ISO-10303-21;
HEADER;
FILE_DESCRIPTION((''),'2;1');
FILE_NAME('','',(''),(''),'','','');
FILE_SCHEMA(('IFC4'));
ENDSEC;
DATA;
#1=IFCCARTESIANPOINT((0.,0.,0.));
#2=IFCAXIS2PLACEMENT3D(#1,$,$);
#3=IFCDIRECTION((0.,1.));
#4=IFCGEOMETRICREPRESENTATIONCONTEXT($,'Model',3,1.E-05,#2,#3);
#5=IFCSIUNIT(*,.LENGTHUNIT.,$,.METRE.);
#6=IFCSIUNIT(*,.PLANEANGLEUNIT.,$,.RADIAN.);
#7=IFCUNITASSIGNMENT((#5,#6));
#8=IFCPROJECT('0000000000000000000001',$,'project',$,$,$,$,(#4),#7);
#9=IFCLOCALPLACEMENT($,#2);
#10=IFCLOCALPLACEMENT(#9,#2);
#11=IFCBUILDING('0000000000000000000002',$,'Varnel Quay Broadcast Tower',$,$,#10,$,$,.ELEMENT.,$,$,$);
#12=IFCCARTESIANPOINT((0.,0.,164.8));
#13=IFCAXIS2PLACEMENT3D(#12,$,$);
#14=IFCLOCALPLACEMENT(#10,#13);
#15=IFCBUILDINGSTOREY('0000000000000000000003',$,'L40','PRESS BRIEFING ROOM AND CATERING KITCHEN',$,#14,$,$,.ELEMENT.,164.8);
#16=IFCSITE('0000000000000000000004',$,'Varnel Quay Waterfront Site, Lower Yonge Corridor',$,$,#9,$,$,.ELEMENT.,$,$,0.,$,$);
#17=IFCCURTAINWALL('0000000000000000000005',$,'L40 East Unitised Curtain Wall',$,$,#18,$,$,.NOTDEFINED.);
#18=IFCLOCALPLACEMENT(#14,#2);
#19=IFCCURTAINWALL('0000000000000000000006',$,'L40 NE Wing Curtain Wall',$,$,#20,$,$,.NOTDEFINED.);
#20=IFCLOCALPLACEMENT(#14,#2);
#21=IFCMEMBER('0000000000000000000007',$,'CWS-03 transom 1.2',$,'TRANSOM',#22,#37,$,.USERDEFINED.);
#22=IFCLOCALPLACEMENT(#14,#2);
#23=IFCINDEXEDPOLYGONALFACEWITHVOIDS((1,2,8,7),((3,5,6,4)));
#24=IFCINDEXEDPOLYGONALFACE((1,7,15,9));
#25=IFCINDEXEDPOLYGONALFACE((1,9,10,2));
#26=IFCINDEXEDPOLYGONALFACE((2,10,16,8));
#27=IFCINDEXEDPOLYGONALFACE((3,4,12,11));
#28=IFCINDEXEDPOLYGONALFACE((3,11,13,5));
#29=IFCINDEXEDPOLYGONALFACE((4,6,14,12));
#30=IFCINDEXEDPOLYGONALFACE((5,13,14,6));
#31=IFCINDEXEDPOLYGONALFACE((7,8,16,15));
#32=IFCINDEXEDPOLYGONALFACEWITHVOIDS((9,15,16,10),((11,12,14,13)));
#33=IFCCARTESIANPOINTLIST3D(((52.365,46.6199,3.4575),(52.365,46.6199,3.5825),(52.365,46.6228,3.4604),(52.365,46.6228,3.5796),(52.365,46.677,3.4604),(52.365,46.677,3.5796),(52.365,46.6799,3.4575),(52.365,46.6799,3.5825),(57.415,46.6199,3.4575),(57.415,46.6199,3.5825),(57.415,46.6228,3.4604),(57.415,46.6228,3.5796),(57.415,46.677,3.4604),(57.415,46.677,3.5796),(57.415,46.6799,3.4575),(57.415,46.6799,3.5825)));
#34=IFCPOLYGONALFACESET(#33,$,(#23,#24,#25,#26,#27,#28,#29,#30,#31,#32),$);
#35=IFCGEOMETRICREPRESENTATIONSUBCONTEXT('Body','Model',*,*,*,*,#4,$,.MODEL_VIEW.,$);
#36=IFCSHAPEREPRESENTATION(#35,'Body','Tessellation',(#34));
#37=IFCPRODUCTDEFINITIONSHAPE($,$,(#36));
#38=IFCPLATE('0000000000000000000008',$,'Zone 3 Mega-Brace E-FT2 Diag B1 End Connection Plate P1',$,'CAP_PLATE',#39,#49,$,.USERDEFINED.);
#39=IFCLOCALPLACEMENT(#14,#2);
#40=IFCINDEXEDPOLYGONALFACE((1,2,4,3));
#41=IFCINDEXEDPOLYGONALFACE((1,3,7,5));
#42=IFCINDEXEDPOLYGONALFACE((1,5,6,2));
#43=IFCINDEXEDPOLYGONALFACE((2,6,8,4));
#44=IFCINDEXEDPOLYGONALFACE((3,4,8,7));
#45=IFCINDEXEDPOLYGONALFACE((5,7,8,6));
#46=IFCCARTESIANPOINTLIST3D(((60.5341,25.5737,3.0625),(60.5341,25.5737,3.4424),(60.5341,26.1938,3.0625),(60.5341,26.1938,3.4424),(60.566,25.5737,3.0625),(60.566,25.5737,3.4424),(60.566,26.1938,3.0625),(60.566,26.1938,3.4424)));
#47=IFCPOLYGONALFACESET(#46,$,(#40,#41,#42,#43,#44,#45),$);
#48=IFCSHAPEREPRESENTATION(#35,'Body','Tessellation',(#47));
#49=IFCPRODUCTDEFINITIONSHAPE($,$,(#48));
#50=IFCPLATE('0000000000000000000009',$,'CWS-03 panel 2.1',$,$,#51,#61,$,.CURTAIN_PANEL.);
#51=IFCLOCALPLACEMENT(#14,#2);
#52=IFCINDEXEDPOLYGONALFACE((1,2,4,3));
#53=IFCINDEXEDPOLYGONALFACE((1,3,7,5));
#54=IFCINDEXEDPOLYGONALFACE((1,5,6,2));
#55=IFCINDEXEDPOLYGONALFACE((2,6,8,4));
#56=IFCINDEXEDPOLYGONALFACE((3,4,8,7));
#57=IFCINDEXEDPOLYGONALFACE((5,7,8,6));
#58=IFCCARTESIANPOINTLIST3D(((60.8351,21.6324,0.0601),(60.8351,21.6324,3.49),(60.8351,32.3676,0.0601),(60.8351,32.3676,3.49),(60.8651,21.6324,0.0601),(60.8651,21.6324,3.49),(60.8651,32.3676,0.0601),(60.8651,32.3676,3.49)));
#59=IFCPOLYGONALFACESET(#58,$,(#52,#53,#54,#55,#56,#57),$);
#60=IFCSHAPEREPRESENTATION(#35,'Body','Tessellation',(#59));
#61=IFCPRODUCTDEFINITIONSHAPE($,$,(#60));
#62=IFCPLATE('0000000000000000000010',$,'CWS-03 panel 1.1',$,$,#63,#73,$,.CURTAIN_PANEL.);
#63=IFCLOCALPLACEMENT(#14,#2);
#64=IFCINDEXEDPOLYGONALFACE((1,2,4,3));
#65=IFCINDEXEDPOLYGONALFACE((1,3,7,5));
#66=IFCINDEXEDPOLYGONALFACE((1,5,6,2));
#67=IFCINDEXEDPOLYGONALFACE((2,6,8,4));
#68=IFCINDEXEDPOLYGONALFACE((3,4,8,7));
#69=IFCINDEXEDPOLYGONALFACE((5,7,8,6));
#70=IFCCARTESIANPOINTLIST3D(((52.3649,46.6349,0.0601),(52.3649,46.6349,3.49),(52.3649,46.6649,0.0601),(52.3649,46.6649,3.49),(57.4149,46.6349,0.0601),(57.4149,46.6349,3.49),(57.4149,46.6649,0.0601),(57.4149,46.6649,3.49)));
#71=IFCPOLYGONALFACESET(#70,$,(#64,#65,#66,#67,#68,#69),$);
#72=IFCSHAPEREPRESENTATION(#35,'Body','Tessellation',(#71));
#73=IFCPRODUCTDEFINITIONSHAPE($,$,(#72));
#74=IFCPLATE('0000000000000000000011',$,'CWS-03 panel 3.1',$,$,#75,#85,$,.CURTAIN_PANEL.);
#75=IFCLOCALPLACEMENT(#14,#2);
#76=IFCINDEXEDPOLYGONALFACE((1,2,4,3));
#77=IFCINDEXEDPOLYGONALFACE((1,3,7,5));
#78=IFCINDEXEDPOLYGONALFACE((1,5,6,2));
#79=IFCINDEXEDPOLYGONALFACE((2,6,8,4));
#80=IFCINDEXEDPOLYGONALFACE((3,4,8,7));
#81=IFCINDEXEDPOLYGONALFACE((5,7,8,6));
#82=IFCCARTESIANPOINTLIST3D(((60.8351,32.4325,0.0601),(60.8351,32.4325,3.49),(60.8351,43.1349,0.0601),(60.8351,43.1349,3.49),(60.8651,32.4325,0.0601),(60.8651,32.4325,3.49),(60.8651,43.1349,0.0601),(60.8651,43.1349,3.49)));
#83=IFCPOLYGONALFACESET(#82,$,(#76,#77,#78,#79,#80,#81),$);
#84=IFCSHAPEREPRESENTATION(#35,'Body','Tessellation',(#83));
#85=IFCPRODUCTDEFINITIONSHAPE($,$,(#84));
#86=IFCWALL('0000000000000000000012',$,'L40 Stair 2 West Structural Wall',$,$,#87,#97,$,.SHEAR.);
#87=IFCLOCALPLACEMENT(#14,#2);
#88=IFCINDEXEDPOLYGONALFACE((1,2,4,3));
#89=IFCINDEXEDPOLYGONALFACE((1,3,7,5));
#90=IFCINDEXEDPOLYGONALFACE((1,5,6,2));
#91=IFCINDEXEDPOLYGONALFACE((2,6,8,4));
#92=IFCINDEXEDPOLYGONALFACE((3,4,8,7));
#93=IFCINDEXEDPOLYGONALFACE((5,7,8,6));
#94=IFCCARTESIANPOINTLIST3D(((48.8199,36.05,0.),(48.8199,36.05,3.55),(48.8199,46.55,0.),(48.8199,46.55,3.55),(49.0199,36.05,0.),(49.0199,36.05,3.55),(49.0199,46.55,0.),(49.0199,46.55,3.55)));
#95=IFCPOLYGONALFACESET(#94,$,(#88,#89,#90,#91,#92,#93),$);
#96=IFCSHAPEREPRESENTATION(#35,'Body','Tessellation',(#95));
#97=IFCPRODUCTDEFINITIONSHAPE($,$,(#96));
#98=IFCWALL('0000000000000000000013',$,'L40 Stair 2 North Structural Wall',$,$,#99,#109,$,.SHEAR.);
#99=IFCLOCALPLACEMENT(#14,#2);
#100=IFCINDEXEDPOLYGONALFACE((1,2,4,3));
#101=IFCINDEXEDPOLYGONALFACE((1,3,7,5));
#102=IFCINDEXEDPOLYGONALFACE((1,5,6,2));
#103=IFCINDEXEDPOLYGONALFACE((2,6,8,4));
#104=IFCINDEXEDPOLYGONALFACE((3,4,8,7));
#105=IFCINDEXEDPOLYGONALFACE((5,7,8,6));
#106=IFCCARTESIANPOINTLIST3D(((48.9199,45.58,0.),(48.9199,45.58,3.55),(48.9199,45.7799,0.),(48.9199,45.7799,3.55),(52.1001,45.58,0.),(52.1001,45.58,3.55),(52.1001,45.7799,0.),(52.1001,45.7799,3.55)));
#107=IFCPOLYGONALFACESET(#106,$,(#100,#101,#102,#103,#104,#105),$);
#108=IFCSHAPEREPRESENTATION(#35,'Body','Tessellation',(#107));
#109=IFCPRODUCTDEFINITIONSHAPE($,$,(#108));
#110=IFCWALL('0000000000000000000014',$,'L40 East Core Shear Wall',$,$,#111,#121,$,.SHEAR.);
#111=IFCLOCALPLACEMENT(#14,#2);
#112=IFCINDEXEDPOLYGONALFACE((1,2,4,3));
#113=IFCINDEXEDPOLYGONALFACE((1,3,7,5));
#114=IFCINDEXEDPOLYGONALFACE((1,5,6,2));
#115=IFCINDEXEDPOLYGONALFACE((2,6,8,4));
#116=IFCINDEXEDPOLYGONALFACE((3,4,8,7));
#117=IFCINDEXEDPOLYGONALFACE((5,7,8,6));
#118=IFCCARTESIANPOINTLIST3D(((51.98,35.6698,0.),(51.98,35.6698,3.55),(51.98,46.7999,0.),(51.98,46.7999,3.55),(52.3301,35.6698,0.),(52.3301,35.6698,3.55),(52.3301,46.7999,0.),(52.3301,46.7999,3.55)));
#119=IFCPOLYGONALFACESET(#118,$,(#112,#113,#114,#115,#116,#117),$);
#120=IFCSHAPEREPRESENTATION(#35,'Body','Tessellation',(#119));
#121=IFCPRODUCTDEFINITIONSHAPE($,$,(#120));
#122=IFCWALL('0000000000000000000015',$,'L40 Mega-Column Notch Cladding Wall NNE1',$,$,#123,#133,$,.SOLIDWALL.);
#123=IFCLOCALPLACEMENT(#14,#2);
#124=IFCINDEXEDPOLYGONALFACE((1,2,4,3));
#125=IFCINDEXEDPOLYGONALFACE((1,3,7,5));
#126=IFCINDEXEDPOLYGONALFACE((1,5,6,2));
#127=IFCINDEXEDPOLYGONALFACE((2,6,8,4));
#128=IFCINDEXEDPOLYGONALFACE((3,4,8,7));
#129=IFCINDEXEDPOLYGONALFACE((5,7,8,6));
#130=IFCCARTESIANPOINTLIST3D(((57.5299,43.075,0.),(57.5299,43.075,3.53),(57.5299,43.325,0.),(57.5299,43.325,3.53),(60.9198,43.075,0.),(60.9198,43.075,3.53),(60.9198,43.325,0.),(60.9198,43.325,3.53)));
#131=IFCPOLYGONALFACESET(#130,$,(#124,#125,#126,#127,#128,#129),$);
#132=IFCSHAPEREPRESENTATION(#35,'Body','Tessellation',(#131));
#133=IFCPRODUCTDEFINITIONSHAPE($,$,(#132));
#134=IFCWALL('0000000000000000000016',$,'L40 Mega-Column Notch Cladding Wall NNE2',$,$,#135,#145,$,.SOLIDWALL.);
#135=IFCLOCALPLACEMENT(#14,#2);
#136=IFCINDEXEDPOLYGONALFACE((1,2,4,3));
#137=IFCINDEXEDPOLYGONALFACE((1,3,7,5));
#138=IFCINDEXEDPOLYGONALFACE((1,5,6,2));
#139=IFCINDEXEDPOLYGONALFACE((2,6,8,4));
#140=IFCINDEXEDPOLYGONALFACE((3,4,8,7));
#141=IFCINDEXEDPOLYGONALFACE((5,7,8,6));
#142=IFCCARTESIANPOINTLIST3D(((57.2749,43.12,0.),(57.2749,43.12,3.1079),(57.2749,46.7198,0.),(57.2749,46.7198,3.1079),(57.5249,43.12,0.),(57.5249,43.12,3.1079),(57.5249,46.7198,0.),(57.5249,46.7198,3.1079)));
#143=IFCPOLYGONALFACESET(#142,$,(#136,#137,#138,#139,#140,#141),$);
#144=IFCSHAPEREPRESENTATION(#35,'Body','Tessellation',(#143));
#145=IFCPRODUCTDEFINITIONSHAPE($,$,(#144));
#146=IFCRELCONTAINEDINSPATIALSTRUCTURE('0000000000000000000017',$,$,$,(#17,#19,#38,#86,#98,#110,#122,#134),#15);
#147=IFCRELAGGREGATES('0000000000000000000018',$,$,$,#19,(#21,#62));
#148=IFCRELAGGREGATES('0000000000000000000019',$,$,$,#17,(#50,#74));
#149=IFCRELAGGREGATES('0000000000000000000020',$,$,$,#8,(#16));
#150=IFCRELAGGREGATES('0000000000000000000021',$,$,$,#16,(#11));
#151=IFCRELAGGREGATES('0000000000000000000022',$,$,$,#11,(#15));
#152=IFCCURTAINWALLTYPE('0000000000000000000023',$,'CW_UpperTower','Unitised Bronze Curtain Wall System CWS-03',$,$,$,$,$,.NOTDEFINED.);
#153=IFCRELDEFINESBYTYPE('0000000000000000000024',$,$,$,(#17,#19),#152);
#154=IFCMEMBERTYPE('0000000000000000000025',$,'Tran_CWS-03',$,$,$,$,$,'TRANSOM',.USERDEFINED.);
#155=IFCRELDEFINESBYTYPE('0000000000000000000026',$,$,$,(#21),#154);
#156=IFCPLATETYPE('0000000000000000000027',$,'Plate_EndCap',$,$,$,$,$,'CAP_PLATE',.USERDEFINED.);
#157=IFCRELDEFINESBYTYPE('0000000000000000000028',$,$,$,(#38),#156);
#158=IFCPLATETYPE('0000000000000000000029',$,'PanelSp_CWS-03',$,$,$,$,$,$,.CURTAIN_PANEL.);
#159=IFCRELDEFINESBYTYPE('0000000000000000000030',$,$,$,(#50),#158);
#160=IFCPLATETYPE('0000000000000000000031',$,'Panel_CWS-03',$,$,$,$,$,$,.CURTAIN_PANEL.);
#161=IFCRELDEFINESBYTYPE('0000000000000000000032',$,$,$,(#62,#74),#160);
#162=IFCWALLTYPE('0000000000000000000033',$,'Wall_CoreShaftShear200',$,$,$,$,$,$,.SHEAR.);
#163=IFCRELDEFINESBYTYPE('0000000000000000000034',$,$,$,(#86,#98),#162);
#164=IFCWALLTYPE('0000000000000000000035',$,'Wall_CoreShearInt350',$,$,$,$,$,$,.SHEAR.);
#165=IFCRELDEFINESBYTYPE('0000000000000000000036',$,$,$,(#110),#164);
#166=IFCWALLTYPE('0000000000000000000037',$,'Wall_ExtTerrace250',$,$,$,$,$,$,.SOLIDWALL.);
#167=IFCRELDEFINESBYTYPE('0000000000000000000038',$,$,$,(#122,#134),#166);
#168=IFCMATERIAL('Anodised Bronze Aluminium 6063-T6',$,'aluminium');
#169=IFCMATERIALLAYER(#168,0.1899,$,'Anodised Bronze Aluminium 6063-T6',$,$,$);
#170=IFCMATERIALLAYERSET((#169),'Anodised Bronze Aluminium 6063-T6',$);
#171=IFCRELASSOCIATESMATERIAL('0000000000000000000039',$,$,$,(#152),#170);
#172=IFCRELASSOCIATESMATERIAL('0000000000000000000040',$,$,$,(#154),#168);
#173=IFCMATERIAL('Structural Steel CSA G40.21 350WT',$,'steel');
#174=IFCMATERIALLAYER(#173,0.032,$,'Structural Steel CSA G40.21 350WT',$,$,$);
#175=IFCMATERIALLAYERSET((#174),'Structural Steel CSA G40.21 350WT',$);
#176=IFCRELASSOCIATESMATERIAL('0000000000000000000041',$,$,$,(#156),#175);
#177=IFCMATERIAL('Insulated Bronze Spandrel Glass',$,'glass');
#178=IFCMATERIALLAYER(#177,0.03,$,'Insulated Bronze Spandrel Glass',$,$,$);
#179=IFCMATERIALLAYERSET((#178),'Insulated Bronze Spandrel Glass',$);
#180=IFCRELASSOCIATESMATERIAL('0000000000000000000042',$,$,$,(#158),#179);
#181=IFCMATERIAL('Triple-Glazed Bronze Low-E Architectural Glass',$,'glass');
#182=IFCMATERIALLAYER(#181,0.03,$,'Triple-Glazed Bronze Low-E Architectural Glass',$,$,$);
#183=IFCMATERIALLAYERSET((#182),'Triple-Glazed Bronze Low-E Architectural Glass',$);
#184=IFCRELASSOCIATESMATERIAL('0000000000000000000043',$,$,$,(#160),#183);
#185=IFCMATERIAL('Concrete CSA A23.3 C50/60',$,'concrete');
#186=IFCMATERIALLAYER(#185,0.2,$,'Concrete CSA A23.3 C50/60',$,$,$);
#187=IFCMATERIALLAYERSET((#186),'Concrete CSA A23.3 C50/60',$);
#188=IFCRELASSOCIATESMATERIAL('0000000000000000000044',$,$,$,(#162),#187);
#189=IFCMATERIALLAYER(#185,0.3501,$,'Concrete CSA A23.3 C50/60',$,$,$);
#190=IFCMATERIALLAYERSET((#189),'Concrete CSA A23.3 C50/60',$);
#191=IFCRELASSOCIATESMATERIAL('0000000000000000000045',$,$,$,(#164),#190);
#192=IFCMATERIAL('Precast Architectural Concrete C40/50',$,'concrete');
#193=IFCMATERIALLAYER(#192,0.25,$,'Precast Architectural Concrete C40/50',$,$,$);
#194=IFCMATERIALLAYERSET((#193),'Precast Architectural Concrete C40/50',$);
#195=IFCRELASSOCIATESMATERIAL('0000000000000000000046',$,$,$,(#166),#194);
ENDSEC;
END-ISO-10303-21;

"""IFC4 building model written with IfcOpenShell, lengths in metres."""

from ifc_helpers import new_model, si_unit, direction, frame, frame_2d, origin, origin_2d, place, context, subcontext, project, spatial, rectangle, hollow_rectangle, extrude, source, transform, mapped, material, layer, layer_set, material_profile, profile_set, type_object, type_shapes, element, aggregate, save


model = new_model("IFC4")

# Units and contexts
model_context = context("Model", 3, precision=1e-05, world=origin(), true_north=direction((0.0, 1.0)))
body_context = subcontext(model_context, "Body", "Model", "MODEL_VIEW")
ifc_project = project(units=[si_unit("LENGTHUNIT", "METRE"), si_unit("PLANEANGLEUNIT", "RADIAN")], contexts=[model_context])

# Site, building, storey
site_placement = place(None, origin())
site = spatial("IfcSite", under=ifc_project, at=site_placement, Name="Varnel Quay Waterfront Site, Lower Yonge Corridor", CompositionType="ELEMENT", RefElevation=0.0)
building_placement = place(site_placement, origin())
building = spatial("IfcBuilding", under=site, at=building_placement, Name="Varnel Quay Broadcast Tower", CompositionType="ELEMENT")
storey_placement = place(building_placement, frame((0.0, 0.0, 164.8)))
storey = spatial("IfcBuildingStorey", under=building, at=storey_placement, Name="L40", Description="PRESS BRIEFING ROOM AND CATERING KITCHEN", CompositionType="ELEMENT", Elevation=164.8)

# Shared definitions
ifc_material_1 = material(Name="Structural Steel CSA G40.21 350WT", Category="steel")

# Curtain walls
ifc_material_2 = material(Name="Anodised Bronze Aluminium 6063-T6", Category="aluminium")
ifc_layer_1 = layer(ifc_material_2, 0.1899, Name="Anodised Bronze Aluminium 6063-T6")
ifc_layer_set_1 = layer_set([ifc_layer_1], Name="Anodised Bronze Aluminium 6063-T6")
curtain_wall_type = type_object("IfcCurtainWallType", Name="CW_UpperTower", Description="Unitised Bronze Curtain Wall System CWS-03", PredefinedType="NOTDEFINED", material=ifc_layer_set_1)
curtain_wall_1_placement = place(storey_placement, origin())
curtain_wall_1 = element("IfcCurtainWall", 1, at=curtain_wall_1_placement, inside=storey, type_object=curtain_wall_type, Name="L40 East Unitised Curtain Wall", PredefinedType="NOTDEFINED")
curtain_wall_2_placement = place(storey_placement, origin())
curtain_wall_2 = element("IfcCurtainWall", 2, at=curtain_wall_2_placement, inside=storey, type_object=curtain_wall_type, Name="L40 NE Wing Curtain Wall", PredefinedType="NOTDEFINED")

# Member
ifc_material_profile_1 = material_profile(ifc_material_2, hollow_rectangle(XDim=0.0601, YDim=0.125, WallThickness=0.0029, at=origin_2d()), Name="ALU60X125X3")
ifc_profile_set_1 = profile_set([ifc_material_profile_1], Name="Anodised Bronze Aluminium 6063-T6")
member_type_1 = type_object("IfcMemberType", Name="Tran_CWS-03", ElementType="TRANSOM", PredefinedType="USERDEFINED", material=ifc_profile_set_1)
shared_shape_1 = source(origin(), body_context, "Body", "SweptSolid", [
    extrude(hollow_rectangle(XDim=0.0601, YDim=0.125, WallThickness=0.0029, at=origin_2d()), origin(), (0.0, 0.0, 1.0), 5.05),
])
member_1_placement = place(storey_placement, frame((52.365, 46.6499, 3.52), z_axis=(1.0, 0.0, 0.0), x_axis=(0.0, 1.0, 0.0)))
member_1 = element("IfcMember", 3, at=member_1_placement, type_object=member_type_1, Name="CWS-03 transom 1.2", ObjectType="TRANSOM", PredefinedType="USERDEFINED", context=body_context, shape_type="MappedRepresentation", body=[
    mapped(shared_shape_1, transform((0.0, 0.0, 0.0), x_axis=(1.0, 0.0, 0.0), y_axis=(0.0, 1.0, 0.0), z_axis=(0.0, 0.0, 1.0), scale=1.0)),
])

# Plates
ifc_layer_2 = layer(ifc_material_1, 0.032, Name="Structural Steel CSA G40.21 350WT")
ifc_layer_set_2 = layer_set([ifc_layer_2], Name="Structural Steel CSA G40.21 350WT")
plate_type_1 = type_object("IfcPlateType", Name="Plate_EndCap", ElementType="CAP_PLATE", PredefinedType="USERDEFINED", material=ifc_layer_set_2)
shared_shape_2 = source(origin(), body_context, "Body", "SweptSolid", [
    extrude(rectangle(XDim=0.6201, YDim=0.032, at=origin_2d()), origin(), (0.0, 0.0, 1.0), 0.3799),
])
type_shapes(plate_type_1, [shared_shape_2])
plate_1_placement = place(storey_placement, frame((60.55, 25.8838, 3.0625), z_axis=(0.0, 0.0, 1.0), x_axis=(0.0, 1.0, 0.0)))
element("IfcPlate", 4, at=plate_1_placement, inside=storey, type_object=plate_type_1, Name="Zone 3 Mega-Brace E-FT2 Diag B1 End Connection Plate P1", ObjectType="CAP_PLATE", PredefinedType="USERDEFINED", context=body_context, shape_type="MappedRepresentation", body=[
    mapped(shared_shape_2, transform((0.0, 0.0, 0.0), x_axis=(1.0, 0.0, 0.0), y_axis=(0.0, 1.0, 0.0), z_axis=(0.0, 0.0, 1.0), scale=1.0)),
])
ifc_material_3 = material(Name="Insulated Bronze Spandrel Glass", Category="glass")
ifc_layer_3 = layer(ifc_material_3, 0.03, Name="Insulated Bronze Spandrel Glass")
ifc_layer_set_3 = layer_set([ifc_layer_3], Name="Insulated Bronze Spandrel Glass")
plate_type_2 = type_object("IfcPlateType", Name="PanelSp_CWS-03", PredefinedType="CURTAIN_PANEL", material=ifc_layer_set_3)
shared_shape_3 = source(origin(), body_context, "Body", "SweptSolid", [
    extrude(rectangle(XDim=10.7351, YDim=0.03, at=origin_2d()), origin(), (0.0, 0.0, 1.0), 3.4299),
])
type_shapes(plate_type_2, [shared_shape_3])
plate_2_placement = place(storey_placement, frame((60.8501, 27.0, 0.0601), z_axis=(0.0, 0.0, 1.0), x_axis=(0.0, 1.0, 0.0)))
plate_2 = element("IfcPlate", 5, at=plate_2_placement, type_object=plate_type_2, Name="CWS-03 panel 2.1", PredefinedType="CURTAIN_PANEL", context=body_context, shape_type="MappedRepresentation", body=[
    mapped(shared_shape_3, transform((0.0, 0.0, 0.0), x_axis=(1.0, 0.0, 0.0), y_axis=(0.0, 1.0, 0.0), z_axis=(0.0, 0.0, 1.0), scale=1.0)),
])
ifc_material_4 = material(Name="Triple-Glazed Bronze Low-E Architectural Glass", Category="glass")
ifc_layer_4 = layer(ifc_material_4, 0.03, Name="Triple-Glazed Bronze Low-E Architectural Glass")
ifc_layer_set_4 = layer_set([ifc_layer_4], Name="Triple-Glazed Bronze Low-E Architectural Glass")
plate_type_3 = type_object("IfcPlateType", Name="Panel_CWS-03", PredefinedType="CURTAIN_PANEL", material=ifc_layer_set_4)
shared_shape_4 = source(origin(), body_context, "Body", "SweptSolid", [
    extrude(rectangle(XDim=5.05, YDim=0.03, at=origin_2d()), origin(), (0.0, 0.0, 1.0), 3.4299),
])
plate_3_placement = place(storey_placement, frame((54.8899, 46.6499, 0.0601), z_axis=(0.0, 0.0, 1.0), x_axis=(1.0, 0.0, 0.0)))
plate_3 = element("IfcPlate", 6, at=plate_3_placement, type_object=plate_type_3, Name="CWS-03 panel 1.1", PredefinedType="CURTAIN_PANEL", context=body_context, shape_type="MappedRepresentation", body=[
    mapped(shared_shape_4, transform((0.0, 0.0, 0.0), x_axis=(1.0, 0.0, 0.0), y_axis=(0.0, 1.0, 0.0), z_axis=(0.0, 0.0, 1.0), scale=1.0)),
])
aggregate(curtain_wall_2, [member_1, plate_3])
shared_shape_5 = source(origin(), body_context, "Body", "SweptSolid", [
    extrude(rectangle(XDim=10.7024, YDim=0.03, at=origin_2d()), origin(), (0.0, 0.0, 1.0), 3.4299),
])
type_shapes(plate_type_3, [shared_shape_4, shared_shape_5])
plate_4_placement = place(storey_placement, frame((60.8501, 37.7837, 0.0601), z_axis=(0.0, 0.0, 1.0), x_axis=(0.0, 1.0, 0.0)))
plate_4 = element("IfcPlate", 7, at=plate_4_placement, type_object=plate_type_3, Name="CWS-03 panel 3.1", PredefinedType="CURTAIN_PANEL", context=body_context, shape_type="MappedRepresentation", body=[
    mapped(shared_shape_5, transform((0.0, 0.0, 0.0), x_axis=(1.0, 0.0, 0.0), y_axis=(0.0, 1.0, 0.0), z_axis=(0.0, 0.0, 1.0), scale=1.0)),
])
aggregate(curtain_wall_1, [plate_2, plate_4])

# Walls
ifc_material_5 = material(Name="Concrete CSA A23.3 C50/60", Category="concrete")
ifc_layer_5 = layer(ifc_material_5, 0.2, Name="Concrete CSA A23.3 C50/60")
ifc_layer_set_5 = layer_set([ifc_layer_5], Name="Concrete CSA A23.3 C50/60")
wall_type_1 = type_object("IfcWallType", Name="Wall_CoreShaftShear200", PredefinedType="SHEAR", material=ifc_layer_set_5)
wall_1_placement = place(storey_placement, frame((48.9199, 36.05, 0.0), z_axis=(0.0, 0.0, 1.0), x_axis=(0.0, 1.0, 0.0)))
element("IfcWall", 8, at=wall_1_placement, inside=storey, type_object=wall_type_1, Name="L40 Stair 2 West Structural Wall", PredefinedType="SHEAR", context=body_context, shape_type="SweptSolid", body=[
    extrude(rectangle(XDim=10.5, YDim=0.2, at=frame_2d((5.25, 0.0))), origin(), (0.0, 0.0, 1.0), 3.55),
])
wall_2_placement = place(storey_placement, frame((48.9199, 45.6799, 0.0), z_axis=(0.0, 0.0, 1.0), x_axis=(1.0, 0.0, 0.0)))
element("IfcWall", 9, at=wall_2_placement, inside=storey, type_object=wall_type_1, Name="L40 Stair 2 North Structural Wall", PredefinedType="SHEAR", context=body_context, shape_type="SweptSolid", body=[
    extrude(rectangle(XDim=3.1802, YDim=0.2, at=frame_2d((1.5901, 0.0))), origin(), (0.0, 0.0, 1.0), 3.55),
])
ifc_layer_6 = layer(ifc_material_5, 0.3501, Name="Concrete CSA A23.3 C50/60")
ifc_layer_set_6 = layer_set([ifc_layer_6], Name="Concrete CSA A23.3 C50/60")
wall_type_2 = type_object("IfcWallType", Name="Wall_CoreShearInt350", PredefinedType="SHEAR", material=ifc_layer_set_6)
wall_3_placement = place(storey_placement, frame((52.155, 35.6699, 0.0), z_axis=(0.0, 0.0, 1.0), x_axis=(0.0, 1.0, 0.0)))
element("IfcWall", 10, at=wall_3_placement, inside=storey, type_object=wall_type_2, Name="L40 East Core Shear Wall", PredefinedType="SHEAR", context=body_context, shape_type="SweptSolid", body=[
    extrude(rectangle(XDim=11.1301, YDim=0.3501, at=frame_2d((5.5649, 0.0))), origin(), (0.0, 0.0, 1.0), 3.55),
])
ifc_material_6 = material(Name="Precast Architectural Concrete C40/50", Category="concrete")
ifc_layer_7 = layer(ifc_material_6, 0.25, Name="Precast Architectural Concrete C40/50")
ifc_layer_set_7 = layer_set([ifc_layer_7], Name="Precast Architectural Concrete C40/50")
wall_type_3 = type_object("IfcWallType", Name="Wall_ExtTerrace250", PredefinedType="SOLIDWALL", material=ifc_layer_set_7)
wall_4_placement = place(storey_placement, frame((57.53, 43.2, 0.0), z_axis=(0.0, 0.0, 1.0), x_axis=(1.0, 0.0, 0.0)))
element("IfcWall", 11, at=wall_4_placement, inside=storey, type_object=wall_type_3, Name="L40 Mega-Column Notch Cladding Wall NNE1", PredefinedType="SOLIDWALL", context=body_context, shape_type="SweptSolid", body=[
    extrude(rectangle(XDim=3.3899, YDim=0.25, at=frame_2d((1.6948, 0.0))), origin(), (0.0, 0.0, 1.0), 3.53),
])
wall_5_placement = place(storey_placement, frame((57.3999, 43.1201, 0.0), z_axis=(0.0, 0.0, 1.0), x_axis=(0.0, 1.0, 0.0)))
element("IfcWall", 12, at=wall_5_placement, inside=storey, type_object=wall_type_3, Name="L40 Mega-Column Notch Cladding Wall NNE2", PredefinedType="SOLIDWALL", context=body_context, shape_type="SweptSolid", body=[
    extrude(rectangle(XDim=3.5999, YDim=0.25, at=frame_2d((1.7998, 0.0))), origin(), (0.0, 0.0, 1.0), 3.1079),
])

save(model, "model.ifc")
